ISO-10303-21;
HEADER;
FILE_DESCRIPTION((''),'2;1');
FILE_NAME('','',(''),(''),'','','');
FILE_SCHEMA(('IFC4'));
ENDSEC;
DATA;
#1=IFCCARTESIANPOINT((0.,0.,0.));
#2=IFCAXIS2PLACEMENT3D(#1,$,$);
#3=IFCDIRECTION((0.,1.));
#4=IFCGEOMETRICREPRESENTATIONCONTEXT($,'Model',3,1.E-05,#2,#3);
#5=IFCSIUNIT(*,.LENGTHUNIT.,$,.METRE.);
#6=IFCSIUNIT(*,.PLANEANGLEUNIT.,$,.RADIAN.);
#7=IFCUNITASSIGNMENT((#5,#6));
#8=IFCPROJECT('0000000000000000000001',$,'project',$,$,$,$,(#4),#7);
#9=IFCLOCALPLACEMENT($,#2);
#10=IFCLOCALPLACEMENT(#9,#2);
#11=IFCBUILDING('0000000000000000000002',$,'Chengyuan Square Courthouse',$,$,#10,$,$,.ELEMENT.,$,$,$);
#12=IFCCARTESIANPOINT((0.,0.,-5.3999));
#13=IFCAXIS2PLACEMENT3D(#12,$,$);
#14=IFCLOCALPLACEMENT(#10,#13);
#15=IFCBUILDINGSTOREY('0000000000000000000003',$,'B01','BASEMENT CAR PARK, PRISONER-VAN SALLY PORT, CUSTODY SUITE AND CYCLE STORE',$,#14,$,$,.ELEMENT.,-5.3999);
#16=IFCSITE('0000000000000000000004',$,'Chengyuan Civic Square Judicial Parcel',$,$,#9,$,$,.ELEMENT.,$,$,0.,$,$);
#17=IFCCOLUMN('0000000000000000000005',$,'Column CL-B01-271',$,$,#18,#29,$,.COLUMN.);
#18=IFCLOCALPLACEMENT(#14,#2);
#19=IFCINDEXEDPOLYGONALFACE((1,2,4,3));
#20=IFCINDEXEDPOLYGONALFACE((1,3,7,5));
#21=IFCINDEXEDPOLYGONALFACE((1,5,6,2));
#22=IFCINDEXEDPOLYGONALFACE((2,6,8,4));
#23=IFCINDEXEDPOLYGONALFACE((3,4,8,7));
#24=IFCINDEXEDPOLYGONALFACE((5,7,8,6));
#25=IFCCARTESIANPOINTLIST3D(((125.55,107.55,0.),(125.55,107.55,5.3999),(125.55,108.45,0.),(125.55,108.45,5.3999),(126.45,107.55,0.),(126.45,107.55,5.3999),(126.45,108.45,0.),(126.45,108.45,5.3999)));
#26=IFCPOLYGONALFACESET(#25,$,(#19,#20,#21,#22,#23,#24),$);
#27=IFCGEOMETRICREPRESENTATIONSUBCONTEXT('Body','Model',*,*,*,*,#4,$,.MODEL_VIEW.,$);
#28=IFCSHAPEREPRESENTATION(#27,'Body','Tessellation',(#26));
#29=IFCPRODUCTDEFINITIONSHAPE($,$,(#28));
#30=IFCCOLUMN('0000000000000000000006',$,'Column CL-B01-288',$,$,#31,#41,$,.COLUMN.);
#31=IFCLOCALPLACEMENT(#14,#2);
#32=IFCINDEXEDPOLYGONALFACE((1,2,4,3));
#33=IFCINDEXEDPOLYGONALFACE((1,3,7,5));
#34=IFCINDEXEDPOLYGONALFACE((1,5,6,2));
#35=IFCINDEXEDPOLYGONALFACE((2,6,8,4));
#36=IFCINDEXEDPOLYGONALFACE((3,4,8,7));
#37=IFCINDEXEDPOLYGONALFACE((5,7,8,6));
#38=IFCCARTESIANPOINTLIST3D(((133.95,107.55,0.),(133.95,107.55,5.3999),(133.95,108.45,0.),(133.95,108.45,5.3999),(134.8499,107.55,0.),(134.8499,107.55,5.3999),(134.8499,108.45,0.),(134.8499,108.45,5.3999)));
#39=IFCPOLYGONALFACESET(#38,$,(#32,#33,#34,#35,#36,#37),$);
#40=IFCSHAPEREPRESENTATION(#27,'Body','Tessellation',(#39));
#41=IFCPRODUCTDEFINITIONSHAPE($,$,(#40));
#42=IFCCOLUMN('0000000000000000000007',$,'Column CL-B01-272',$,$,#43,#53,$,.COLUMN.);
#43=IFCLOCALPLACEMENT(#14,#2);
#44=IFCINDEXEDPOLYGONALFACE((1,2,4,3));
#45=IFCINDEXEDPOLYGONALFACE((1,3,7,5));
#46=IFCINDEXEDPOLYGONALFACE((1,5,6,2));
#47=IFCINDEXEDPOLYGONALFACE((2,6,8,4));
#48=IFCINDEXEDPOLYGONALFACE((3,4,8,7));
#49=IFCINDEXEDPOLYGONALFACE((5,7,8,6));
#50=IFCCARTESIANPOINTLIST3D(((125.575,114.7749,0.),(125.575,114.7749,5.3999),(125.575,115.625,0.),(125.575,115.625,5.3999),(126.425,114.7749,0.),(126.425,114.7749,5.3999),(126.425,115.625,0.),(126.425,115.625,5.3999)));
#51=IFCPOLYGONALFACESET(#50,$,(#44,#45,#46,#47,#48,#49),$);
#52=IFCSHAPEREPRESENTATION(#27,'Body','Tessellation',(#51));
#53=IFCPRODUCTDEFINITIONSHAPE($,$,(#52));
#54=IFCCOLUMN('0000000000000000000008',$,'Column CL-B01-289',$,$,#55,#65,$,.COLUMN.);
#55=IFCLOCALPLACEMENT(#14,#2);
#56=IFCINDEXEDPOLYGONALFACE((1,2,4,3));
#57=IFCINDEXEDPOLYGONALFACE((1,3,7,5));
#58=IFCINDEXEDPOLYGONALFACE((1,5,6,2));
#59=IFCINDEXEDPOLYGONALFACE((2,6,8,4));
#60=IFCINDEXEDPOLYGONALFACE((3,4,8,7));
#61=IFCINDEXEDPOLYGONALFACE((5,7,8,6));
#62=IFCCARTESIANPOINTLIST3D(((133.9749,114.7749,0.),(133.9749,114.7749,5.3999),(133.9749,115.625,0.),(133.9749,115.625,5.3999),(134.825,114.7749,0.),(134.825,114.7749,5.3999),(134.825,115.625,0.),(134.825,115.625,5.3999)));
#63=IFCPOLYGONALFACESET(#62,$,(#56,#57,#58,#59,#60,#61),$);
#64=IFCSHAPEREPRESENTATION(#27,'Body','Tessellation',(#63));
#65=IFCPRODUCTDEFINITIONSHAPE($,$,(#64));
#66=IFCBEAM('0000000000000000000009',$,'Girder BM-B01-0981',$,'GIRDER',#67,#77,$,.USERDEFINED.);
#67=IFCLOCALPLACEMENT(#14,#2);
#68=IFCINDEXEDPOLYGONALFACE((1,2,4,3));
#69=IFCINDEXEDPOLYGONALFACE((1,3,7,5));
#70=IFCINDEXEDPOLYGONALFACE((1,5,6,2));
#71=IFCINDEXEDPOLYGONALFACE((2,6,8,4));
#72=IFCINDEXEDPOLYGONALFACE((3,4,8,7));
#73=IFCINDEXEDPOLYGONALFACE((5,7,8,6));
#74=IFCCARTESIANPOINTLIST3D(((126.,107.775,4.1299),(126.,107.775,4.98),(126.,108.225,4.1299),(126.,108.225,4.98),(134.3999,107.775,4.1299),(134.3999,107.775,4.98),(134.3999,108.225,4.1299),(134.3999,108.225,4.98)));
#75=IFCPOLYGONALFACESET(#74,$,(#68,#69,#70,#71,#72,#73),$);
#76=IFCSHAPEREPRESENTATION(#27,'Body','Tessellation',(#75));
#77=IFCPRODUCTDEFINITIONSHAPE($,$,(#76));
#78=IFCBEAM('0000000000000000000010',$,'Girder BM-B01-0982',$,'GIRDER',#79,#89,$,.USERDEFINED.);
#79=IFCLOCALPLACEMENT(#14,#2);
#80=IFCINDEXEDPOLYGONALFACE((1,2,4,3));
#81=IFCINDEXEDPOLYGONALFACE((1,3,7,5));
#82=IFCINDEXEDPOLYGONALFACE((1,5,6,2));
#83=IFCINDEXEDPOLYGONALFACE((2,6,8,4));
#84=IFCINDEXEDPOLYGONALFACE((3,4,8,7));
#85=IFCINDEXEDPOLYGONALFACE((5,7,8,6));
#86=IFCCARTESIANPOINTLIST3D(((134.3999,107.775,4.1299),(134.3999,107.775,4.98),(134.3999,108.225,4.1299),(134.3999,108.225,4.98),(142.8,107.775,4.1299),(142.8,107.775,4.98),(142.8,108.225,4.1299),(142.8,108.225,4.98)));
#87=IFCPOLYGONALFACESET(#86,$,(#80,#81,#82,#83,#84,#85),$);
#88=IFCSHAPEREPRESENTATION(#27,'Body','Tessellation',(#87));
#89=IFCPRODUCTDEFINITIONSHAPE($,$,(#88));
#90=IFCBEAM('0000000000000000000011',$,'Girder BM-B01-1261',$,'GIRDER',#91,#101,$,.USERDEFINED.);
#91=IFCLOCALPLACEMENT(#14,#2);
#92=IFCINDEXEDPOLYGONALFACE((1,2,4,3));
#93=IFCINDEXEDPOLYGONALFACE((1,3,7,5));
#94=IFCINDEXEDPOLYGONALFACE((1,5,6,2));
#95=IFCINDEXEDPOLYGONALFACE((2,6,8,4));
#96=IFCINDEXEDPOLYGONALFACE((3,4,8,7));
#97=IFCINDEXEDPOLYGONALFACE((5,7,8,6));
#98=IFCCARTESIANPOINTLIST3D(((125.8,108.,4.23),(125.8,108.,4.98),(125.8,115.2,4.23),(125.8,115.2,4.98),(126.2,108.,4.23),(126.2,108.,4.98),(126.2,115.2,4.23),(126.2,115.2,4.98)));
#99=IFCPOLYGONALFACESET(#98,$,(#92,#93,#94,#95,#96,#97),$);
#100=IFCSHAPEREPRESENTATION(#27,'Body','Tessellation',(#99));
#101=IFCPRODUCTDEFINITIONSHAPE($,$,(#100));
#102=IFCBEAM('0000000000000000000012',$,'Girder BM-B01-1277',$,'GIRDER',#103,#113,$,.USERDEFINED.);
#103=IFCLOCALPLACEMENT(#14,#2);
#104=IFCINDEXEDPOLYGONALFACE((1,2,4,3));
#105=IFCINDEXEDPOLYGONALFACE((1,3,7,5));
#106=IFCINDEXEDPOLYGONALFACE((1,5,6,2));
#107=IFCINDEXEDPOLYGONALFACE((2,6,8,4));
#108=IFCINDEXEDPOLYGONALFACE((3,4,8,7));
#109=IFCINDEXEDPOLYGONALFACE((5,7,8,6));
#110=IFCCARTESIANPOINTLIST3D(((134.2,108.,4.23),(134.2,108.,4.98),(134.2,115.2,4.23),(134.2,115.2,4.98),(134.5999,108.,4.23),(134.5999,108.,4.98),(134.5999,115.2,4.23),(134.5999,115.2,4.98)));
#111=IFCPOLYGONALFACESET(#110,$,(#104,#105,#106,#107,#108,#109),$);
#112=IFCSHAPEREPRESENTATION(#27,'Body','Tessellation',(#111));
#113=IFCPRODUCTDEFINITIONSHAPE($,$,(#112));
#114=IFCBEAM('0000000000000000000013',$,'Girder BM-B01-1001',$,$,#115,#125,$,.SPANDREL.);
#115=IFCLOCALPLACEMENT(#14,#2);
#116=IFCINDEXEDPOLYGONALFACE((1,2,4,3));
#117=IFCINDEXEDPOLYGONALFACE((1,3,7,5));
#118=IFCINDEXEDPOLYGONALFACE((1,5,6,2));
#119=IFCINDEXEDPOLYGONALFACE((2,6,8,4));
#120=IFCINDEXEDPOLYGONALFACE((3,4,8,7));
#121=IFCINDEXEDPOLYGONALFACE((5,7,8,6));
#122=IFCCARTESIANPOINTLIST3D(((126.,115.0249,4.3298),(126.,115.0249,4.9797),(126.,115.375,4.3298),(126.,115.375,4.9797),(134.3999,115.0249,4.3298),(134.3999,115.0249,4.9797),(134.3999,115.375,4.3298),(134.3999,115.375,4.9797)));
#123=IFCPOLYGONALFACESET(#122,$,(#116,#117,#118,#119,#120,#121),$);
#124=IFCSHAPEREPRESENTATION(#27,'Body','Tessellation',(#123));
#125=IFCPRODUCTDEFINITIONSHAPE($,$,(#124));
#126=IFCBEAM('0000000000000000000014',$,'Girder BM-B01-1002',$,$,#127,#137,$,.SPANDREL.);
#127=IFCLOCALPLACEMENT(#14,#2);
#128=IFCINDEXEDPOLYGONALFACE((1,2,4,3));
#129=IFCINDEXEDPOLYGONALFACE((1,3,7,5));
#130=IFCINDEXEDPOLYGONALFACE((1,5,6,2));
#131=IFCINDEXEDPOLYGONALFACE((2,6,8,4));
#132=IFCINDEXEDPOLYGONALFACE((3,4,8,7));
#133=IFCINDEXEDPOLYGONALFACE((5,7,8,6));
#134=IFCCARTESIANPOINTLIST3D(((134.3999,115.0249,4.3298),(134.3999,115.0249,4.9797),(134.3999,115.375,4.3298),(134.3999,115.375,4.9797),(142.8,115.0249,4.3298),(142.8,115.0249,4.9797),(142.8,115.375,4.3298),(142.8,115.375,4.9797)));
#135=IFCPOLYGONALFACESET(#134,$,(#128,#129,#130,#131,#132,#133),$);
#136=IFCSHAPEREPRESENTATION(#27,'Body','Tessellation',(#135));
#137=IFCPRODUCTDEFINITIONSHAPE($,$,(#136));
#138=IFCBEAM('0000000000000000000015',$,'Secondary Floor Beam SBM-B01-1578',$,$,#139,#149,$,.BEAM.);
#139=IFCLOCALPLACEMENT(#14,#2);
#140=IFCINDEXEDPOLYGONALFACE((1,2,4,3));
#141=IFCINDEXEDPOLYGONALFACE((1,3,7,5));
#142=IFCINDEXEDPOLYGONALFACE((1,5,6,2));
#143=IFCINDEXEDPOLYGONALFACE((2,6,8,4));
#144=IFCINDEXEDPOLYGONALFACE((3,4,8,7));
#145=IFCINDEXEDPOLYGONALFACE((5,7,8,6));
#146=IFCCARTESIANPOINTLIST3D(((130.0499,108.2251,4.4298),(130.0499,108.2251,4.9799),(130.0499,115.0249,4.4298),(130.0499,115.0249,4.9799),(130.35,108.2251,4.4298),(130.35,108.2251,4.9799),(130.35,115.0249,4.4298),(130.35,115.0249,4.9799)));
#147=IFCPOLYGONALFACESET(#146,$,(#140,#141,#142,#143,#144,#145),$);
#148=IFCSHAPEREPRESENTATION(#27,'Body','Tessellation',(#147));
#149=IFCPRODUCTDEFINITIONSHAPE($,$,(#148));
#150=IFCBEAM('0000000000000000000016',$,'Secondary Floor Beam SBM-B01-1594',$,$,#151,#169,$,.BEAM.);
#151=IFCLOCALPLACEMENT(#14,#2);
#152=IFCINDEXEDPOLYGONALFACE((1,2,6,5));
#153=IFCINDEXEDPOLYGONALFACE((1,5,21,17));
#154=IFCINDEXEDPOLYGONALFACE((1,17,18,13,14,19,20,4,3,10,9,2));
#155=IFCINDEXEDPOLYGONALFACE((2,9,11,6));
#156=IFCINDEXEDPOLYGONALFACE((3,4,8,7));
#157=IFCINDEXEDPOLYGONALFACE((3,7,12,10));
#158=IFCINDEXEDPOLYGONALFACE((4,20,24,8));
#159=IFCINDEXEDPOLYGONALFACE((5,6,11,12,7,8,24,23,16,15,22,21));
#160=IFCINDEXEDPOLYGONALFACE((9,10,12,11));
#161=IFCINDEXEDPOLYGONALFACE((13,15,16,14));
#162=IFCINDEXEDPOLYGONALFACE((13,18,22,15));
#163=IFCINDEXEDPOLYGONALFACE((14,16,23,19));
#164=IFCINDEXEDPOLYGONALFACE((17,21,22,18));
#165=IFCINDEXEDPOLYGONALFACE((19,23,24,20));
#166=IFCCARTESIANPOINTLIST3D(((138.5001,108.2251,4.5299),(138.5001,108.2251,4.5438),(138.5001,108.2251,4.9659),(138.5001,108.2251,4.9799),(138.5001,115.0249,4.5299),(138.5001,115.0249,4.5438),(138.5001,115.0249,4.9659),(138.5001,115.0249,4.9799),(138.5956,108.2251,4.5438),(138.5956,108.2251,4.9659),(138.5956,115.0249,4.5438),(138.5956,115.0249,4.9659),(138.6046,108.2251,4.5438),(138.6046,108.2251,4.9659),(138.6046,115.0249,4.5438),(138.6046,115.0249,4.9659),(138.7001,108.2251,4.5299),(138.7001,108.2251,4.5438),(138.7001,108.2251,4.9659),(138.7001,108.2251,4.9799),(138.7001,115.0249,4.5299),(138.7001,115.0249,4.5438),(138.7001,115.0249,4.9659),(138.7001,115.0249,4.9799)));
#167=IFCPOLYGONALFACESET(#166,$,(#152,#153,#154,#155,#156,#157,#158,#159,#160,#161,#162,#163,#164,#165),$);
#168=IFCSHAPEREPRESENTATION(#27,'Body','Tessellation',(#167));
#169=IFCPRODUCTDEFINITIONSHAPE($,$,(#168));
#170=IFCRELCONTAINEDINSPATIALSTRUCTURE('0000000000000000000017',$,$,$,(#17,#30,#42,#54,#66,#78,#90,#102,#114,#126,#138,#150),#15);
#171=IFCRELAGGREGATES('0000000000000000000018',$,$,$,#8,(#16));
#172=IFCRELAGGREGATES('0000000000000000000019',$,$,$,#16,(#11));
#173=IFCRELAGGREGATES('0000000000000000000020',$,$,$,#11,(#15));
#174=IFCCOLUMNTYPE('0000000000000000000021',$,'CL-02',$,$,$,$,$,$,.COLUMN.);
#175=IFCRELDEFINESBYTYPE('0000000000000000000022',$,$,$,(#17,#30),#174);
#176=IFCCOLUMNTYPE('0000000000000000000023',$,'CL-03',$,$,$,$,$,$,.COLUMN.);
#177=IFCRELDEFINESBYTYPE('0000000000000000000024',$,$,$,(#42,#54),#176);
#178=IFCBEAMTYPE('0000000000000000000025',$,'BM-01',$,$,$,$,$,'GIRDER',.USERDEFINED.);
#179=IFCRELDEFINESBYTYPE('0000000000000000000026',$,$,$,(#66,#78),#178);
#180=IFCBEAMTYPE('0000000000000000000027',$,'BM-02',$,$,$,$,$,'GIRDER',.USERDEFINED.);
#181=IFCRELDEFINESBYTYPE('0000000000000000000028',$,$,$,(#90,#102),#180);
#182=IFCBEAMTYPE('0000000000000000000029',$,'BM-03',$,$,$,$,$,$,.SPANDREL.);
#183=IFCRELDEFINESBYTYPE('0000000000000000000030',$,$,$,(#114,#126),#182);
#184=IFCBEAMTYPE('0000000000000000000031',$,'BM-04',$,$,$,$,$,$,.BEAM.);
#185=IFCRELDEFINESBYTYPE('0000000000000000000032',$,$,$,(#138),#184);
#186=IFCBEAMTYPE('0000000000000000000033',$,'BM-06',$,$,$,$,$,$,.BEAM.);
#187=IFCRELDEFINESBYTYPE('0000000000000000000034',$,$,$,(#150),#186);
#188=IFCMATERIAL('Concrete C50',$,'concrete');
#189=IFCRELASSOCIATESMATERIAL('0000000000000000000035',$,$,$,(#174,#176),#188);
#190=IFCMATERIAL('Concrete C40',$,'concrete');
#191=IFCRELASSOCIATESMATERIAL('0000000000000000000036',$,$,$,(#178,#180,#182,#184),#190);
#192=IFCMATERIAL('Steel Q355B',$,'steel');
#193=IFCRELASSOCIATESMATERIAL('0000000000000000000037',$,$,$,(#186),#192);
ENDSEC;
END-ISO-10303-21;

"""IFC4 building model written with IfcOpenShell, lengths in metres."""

from ifc_helpers import new_model, si_unit, direction, frame, origin, origin_2d, place, context, subcontext, project, spatial, rectangle, i_section, extrude, material, material_profile, profile_set, type_object, element, save


model = new_model("IFC4")

# Units and contexts
model_context = context("Model", 3, precision=1e-05, world=origin(), true_north=direction((0.0, 1.0)))
body_context = subcontext(model_context, "Body", "Model", "MODEL_VIEW")
ifc_project = project(units=[si_unit("LENGTHUNIT", "METRE"), si_unit("PLANEANGLEUNIT", "RADIAN")], contexts=[model_context])

# Site, building, storey
site_placement = place(None, origin())
site = spatial("IfcSite", under=ifc_project, at=site_placement, Name="Chengyuan Civic Square Judicial Parcel", CompositionType="ELEMENT", RefElevation=0.0)
building_placement = place(site_placement, origin())
building = spatial("IfcBuilding", under=site, at=building_placement, Name="Chengyuan Square Courthouse", CompositionType="ELEMENT")
storey_placement = place(building_placement, frame((0.0, 0.0, -5.3999)))
storey = spatial("IfcBuildingStorey", under=building, at=storey_placement, Name="B01", Description="BASEMENT CAR PARK, PRISONER-VAN SALLY PORT, CUSTODY SUITE AND CYCLE STORE", CompositionType="ELEMENT", Elevation=-5.3999)

# Columns
ifc_material_1 = material(Name="Concrete C50", Category="concrete")
ifc_material_profile_1 = material_profile(ifc_material_1, rectangle(XDim=0.8999, YDim=0.8999, at=origin_2d()), Name="RC-COL-900x900")
ifc_profile_set_1 = profile_set([ifc_material_profile_1], Name="Concrete C50")
column_type_1 = type_object("IfcColumnType", Name="CL-02", PredefinedType="COLUMN", material=ifc_profile_set_1)
for number, where, z_axis, x_axis, name in (
    (1, (126.0, 108.0, 0.0), (0.0, 0.0, 1.0), (1.0, 0.0, 0.0), "Column CL-B01-271"),
    (2, (134.3999, 108.0, 0.0), (0.0, 0.0, 1.0), (1.0, 0.0, 0.0), "Column CL-B01-288"),
):
    element("IfcColumn", number, at=place(storey_placement, frame(where, z_axis=z_axis, x_axis=x_axis)), inside=storey, type_object=column_type_1, Name=name, PredefinedType="COLUMN", context=body_context, shape_type="SweptSolid", body=[
        extrude(rectangle(XDim=0.8999, YDim=0.8999, at=origin_2d()), origin(), (0.0, 0.0, 1.0), 5.3999),
    ])
ifc_material_profile_2 = material_profile(ifc_material_1, rectangle(XDim=0.8501, YDim=0.8501, at=origin_2d()), Name="RC-COL-850x850")
ifc_profile_set_2 = profile_set([ifc_material_profile_2], Name="Concrete C50")
column_type_2 = type_object("IfcColumnType", Name="CL-03", PredefinedType="COLUMN", material=ifc_profile_set_2)
for number, where, z_axis, x_axis, name in (
    (3, (126.0, 115.2, 0.0), (0.0, 0.0, 1.0), (1.0, 0.0, 0.0), "Column CL-B01-272"),
    (4, (134.3999, 115.2, 0.0), (0.0, 0.0, 1.0), (1.0, 0.0, 0.0), "Column CL-B01-289"),
):
    element("IfcColumn", number, at=place(storey_placement, frame(where, z_axis=z_axis, x_axis=x_axis)), inside=storey, type_object=column_type_2, Name=name, PredefinedType="COLUMN", context=body_context, shape_type="SweptSolid", body=[
        extrude(rectangle(XDim=0.8501, YDim=0.8501, at=origin_2d()), origin(), (0.0, 0.0, 1.0), 5.3999),
    ])

# Beams
ifc_material_2 = material(Name="Concrete C40", Category="concrete")
ifc_material_profile_3 = material_profile(ifc_material_2, rectangle(XDim=0.45, YDim=0.8501, at=origin_2d()), Name="RC-BM-450x850")
ifc_profile_set_3 = profile_set([ifc_material_profile_3], Name="Concrete C40")
beam_type_1 = type_object("IfcBeamType", Name="BM-01", ElementType="GIRDER", PredefinedType="USERDEFINED", material=ifc_profile_set_3)
beam_1_placement = place(storey_placement, frame((126.0, 108.0, 4.5549), z_axis=(1.0, 0.0, 0.0), x_axis=(0.0, 1.0, 0.0)))
element("IfcBeam", 5, at=beam_1_placement, inside=storey, type_object=beam_type_1, Name="Girder BM-B01-0981", ObjectType="GIRDER", PredefinedType="USERDEFINED", context=body_context, shape_type="SweptSolid", body=[
    extrude(rectangle(XDim=0.45, YDim=0.8501, at=origin_2d()), origin(), (0.0, 0.0, 1.0), 8.3999),
])
beam_2_placement = place(storey_placement, frame((134.3999, 108.0, 4.5549), z_axis=(1.0, 0.0, 0.0), x_axis=(0.0, 1.0, 0.0)))
element("IfcBeam", 6, at=beam_2_placement, inside=storey, type_object=beam_type_1, Name="Girder BM-B01-0982", ObjectType="GIRDER", PredefinedType="USERDEFINED", context=body_context, shape_type="SweptSolid", body=[
    extrude(rectangle(XDim=0.45, YDim=0.8501, at=origin_2d()), origin(), (0.0, 0.0, 1.0), 8.4001),
])
ifc_material_profile_4 = material_profile(ifc_material_2, rectangle(XDim=0.3999, YDim=0.75, at=origin_2d()), Name="RC-BM-400x750")
ifc_profile_set_4 = profile_set([ifc_material_profile_4], Name="Concrete C40")
beam_type_2 = type_object("IfcBeamType", Name="BM-02", ElementType="GIRDER", PredefinedType="USERDEFINED", material=ifc_profile_set_4)
for number, where, z_axis, x_axis, name in (
    (7, (126.0, 108.0, 4.605), (0.0, 1.0, 0.0), (-1.0, 0.0, 0.0), "Girder BM-B01-1261"),
    (8, (134.3999, 108.0, 4.605), (0.0, 1.0, 0.0), (-1.0, 0.0, 0.0), "Girder BM-B01-1277"),
):
    element("IfcBeam", number, at=place(storey_placement, frame(where, z_axis=z_axis, x_axis=x_axis)), inside=storey, type_object=beam_type_2, Name=name, ObjectType="GIRDER", PredefinedType="USERDEFINED", context=body_context, shape_type="SweptSolid", body=[
        extrude(rectangle(XDim=0.3999, YDim=0.75, at=origin_2d()), origin(), (0.0, 0.0, 1.0), 7.2),
    ])
ifc_material_profile_5 = material_profile(ifc_material_2, rectangle(XDim=0.3501, YDim=0.6499, at=origin_2d()), Name="RC-BM-350x650")
ifc_profile_set_5 = profile_set([ifc_material_profile_5], Name="Concrete C40")
beam_type_3 = type_object("IfcBeamType", Name="BM-03", PredefinedType="SPANDREL", material=ifc_profile_set_5)
beam_3_placement = place(storey_placement, frame((126.0, 115.2, 4.6548), z_axis=(1.0, 0.0, 0.0), x_axis=(0.0, 1.0, 0.0)))
element("IfcBeam", 9, at=beam_3_placement, inside=storey, type_object=beam_type_3, Name="Girder BM-B01-1001", PredefinedType="SPANDREL", context=body_context, shape_type="SweptSolid", body=[
    extrude(rectangle(XDim=0.3501, YDim=0.6499, at=origin_2d()), origin(), (0.0, 0.0, 1.0), 8.3999),
])
beam_4_placement = place(storey_placement, frame((134.3999, 115.2, 4.6548), z_axis=(1.0, 0.0, 0.0), x_axis=(0.0, 1.0, 0.0)))
element("IfcBeam", 10, at=beam_4_placement, inside=storey, type_object=beam_type_3, Name="Girder BM-B01-1002", PredefinedType="SPANDREL", context=body_context, shape_type="SweptSolid", body=[
    extrude(rectangle(XDim=0.3501, YDim=0.6499, at=origin_2d()), origin(), (0.0, 0.0, 1.0), 8.4001),
])
ifc_material_profile_6 = material_profile(ifc_material_2, rectangle(XDim=0.3, YDim=0.55, at=origin_2d()), Name="RC-BM-300x550")
ifc_profile_set_6 = profile_set([ifc_material_profile_6], Name="Concrete C40")
beam_type_4 = type_object("IfcBeamType", Name="BM-04", PredefinedType="BEAM", material=ifc_profile_set_6)
beam_5_placement = place(storey_placement, frame((130.2, 108.2251, 4.7048), z_axis=(0.0, 1.0, 0.0), x_axis=(-1.0, 0.0, 0.0)))
element("IfcBeam", 11, at=beam_5_placement, inside=storey, type_object=beam_type_4, Name="Secondary Floor Beam SBM-B01-1578", PredefinedType="BEAM", context=body_context, shape_type="SweptSolid", body=[
    extrude(rectangle(XDim=0.3, YDim=0.55, at=origin_2d()), origin(), (0.0, 0.0, 1.0), 6.7998),
])
ifc_material_3 = material(Name="Steel Q355B", Category="steel")
ifc_material_profile_7 = material_profile(ifc_material_3, i_section(OverallWidth=0.2, OverallDepth=0.45, WebThickness=0.009, FlangeThickness=0.0139, at=origin_2d()), Name="HN 450x200x9x14")
ifc_profile_set_7 = profile_set([ifc_material_profile_7], Name="Steel Q355B")
beam_type_5 = type_object("IfcBeamType", Name="BM-06", PredefinedType="BEAM", material=ifc_profile_set_7)
beam_6_placement = place(storey_placement, frame((138.6001, 108.2251, 4.7549), z_axis=(0.0, 1.0, 0.0), x_axis=(-1.0, 0.0, 0.0)))
element("IfcBeam", 12, at=beam_6_placement, inside=storey, type_object=beam_type_5, Name="Secondary Floor Beam SBM-B01-1594", PredefinedType="BEAM", context=body_context, shape_type="SweptSolid", body=[
    extrude(i_section(OverallWidth=0.2, OverallDepth=0.45, WebThickness=0.009, FlangeThickness=0.0139, at=origin_2d()), origin(), (0.0, 0.0, 1.0), 6.7998),
])

save(model, "model.ifc")
